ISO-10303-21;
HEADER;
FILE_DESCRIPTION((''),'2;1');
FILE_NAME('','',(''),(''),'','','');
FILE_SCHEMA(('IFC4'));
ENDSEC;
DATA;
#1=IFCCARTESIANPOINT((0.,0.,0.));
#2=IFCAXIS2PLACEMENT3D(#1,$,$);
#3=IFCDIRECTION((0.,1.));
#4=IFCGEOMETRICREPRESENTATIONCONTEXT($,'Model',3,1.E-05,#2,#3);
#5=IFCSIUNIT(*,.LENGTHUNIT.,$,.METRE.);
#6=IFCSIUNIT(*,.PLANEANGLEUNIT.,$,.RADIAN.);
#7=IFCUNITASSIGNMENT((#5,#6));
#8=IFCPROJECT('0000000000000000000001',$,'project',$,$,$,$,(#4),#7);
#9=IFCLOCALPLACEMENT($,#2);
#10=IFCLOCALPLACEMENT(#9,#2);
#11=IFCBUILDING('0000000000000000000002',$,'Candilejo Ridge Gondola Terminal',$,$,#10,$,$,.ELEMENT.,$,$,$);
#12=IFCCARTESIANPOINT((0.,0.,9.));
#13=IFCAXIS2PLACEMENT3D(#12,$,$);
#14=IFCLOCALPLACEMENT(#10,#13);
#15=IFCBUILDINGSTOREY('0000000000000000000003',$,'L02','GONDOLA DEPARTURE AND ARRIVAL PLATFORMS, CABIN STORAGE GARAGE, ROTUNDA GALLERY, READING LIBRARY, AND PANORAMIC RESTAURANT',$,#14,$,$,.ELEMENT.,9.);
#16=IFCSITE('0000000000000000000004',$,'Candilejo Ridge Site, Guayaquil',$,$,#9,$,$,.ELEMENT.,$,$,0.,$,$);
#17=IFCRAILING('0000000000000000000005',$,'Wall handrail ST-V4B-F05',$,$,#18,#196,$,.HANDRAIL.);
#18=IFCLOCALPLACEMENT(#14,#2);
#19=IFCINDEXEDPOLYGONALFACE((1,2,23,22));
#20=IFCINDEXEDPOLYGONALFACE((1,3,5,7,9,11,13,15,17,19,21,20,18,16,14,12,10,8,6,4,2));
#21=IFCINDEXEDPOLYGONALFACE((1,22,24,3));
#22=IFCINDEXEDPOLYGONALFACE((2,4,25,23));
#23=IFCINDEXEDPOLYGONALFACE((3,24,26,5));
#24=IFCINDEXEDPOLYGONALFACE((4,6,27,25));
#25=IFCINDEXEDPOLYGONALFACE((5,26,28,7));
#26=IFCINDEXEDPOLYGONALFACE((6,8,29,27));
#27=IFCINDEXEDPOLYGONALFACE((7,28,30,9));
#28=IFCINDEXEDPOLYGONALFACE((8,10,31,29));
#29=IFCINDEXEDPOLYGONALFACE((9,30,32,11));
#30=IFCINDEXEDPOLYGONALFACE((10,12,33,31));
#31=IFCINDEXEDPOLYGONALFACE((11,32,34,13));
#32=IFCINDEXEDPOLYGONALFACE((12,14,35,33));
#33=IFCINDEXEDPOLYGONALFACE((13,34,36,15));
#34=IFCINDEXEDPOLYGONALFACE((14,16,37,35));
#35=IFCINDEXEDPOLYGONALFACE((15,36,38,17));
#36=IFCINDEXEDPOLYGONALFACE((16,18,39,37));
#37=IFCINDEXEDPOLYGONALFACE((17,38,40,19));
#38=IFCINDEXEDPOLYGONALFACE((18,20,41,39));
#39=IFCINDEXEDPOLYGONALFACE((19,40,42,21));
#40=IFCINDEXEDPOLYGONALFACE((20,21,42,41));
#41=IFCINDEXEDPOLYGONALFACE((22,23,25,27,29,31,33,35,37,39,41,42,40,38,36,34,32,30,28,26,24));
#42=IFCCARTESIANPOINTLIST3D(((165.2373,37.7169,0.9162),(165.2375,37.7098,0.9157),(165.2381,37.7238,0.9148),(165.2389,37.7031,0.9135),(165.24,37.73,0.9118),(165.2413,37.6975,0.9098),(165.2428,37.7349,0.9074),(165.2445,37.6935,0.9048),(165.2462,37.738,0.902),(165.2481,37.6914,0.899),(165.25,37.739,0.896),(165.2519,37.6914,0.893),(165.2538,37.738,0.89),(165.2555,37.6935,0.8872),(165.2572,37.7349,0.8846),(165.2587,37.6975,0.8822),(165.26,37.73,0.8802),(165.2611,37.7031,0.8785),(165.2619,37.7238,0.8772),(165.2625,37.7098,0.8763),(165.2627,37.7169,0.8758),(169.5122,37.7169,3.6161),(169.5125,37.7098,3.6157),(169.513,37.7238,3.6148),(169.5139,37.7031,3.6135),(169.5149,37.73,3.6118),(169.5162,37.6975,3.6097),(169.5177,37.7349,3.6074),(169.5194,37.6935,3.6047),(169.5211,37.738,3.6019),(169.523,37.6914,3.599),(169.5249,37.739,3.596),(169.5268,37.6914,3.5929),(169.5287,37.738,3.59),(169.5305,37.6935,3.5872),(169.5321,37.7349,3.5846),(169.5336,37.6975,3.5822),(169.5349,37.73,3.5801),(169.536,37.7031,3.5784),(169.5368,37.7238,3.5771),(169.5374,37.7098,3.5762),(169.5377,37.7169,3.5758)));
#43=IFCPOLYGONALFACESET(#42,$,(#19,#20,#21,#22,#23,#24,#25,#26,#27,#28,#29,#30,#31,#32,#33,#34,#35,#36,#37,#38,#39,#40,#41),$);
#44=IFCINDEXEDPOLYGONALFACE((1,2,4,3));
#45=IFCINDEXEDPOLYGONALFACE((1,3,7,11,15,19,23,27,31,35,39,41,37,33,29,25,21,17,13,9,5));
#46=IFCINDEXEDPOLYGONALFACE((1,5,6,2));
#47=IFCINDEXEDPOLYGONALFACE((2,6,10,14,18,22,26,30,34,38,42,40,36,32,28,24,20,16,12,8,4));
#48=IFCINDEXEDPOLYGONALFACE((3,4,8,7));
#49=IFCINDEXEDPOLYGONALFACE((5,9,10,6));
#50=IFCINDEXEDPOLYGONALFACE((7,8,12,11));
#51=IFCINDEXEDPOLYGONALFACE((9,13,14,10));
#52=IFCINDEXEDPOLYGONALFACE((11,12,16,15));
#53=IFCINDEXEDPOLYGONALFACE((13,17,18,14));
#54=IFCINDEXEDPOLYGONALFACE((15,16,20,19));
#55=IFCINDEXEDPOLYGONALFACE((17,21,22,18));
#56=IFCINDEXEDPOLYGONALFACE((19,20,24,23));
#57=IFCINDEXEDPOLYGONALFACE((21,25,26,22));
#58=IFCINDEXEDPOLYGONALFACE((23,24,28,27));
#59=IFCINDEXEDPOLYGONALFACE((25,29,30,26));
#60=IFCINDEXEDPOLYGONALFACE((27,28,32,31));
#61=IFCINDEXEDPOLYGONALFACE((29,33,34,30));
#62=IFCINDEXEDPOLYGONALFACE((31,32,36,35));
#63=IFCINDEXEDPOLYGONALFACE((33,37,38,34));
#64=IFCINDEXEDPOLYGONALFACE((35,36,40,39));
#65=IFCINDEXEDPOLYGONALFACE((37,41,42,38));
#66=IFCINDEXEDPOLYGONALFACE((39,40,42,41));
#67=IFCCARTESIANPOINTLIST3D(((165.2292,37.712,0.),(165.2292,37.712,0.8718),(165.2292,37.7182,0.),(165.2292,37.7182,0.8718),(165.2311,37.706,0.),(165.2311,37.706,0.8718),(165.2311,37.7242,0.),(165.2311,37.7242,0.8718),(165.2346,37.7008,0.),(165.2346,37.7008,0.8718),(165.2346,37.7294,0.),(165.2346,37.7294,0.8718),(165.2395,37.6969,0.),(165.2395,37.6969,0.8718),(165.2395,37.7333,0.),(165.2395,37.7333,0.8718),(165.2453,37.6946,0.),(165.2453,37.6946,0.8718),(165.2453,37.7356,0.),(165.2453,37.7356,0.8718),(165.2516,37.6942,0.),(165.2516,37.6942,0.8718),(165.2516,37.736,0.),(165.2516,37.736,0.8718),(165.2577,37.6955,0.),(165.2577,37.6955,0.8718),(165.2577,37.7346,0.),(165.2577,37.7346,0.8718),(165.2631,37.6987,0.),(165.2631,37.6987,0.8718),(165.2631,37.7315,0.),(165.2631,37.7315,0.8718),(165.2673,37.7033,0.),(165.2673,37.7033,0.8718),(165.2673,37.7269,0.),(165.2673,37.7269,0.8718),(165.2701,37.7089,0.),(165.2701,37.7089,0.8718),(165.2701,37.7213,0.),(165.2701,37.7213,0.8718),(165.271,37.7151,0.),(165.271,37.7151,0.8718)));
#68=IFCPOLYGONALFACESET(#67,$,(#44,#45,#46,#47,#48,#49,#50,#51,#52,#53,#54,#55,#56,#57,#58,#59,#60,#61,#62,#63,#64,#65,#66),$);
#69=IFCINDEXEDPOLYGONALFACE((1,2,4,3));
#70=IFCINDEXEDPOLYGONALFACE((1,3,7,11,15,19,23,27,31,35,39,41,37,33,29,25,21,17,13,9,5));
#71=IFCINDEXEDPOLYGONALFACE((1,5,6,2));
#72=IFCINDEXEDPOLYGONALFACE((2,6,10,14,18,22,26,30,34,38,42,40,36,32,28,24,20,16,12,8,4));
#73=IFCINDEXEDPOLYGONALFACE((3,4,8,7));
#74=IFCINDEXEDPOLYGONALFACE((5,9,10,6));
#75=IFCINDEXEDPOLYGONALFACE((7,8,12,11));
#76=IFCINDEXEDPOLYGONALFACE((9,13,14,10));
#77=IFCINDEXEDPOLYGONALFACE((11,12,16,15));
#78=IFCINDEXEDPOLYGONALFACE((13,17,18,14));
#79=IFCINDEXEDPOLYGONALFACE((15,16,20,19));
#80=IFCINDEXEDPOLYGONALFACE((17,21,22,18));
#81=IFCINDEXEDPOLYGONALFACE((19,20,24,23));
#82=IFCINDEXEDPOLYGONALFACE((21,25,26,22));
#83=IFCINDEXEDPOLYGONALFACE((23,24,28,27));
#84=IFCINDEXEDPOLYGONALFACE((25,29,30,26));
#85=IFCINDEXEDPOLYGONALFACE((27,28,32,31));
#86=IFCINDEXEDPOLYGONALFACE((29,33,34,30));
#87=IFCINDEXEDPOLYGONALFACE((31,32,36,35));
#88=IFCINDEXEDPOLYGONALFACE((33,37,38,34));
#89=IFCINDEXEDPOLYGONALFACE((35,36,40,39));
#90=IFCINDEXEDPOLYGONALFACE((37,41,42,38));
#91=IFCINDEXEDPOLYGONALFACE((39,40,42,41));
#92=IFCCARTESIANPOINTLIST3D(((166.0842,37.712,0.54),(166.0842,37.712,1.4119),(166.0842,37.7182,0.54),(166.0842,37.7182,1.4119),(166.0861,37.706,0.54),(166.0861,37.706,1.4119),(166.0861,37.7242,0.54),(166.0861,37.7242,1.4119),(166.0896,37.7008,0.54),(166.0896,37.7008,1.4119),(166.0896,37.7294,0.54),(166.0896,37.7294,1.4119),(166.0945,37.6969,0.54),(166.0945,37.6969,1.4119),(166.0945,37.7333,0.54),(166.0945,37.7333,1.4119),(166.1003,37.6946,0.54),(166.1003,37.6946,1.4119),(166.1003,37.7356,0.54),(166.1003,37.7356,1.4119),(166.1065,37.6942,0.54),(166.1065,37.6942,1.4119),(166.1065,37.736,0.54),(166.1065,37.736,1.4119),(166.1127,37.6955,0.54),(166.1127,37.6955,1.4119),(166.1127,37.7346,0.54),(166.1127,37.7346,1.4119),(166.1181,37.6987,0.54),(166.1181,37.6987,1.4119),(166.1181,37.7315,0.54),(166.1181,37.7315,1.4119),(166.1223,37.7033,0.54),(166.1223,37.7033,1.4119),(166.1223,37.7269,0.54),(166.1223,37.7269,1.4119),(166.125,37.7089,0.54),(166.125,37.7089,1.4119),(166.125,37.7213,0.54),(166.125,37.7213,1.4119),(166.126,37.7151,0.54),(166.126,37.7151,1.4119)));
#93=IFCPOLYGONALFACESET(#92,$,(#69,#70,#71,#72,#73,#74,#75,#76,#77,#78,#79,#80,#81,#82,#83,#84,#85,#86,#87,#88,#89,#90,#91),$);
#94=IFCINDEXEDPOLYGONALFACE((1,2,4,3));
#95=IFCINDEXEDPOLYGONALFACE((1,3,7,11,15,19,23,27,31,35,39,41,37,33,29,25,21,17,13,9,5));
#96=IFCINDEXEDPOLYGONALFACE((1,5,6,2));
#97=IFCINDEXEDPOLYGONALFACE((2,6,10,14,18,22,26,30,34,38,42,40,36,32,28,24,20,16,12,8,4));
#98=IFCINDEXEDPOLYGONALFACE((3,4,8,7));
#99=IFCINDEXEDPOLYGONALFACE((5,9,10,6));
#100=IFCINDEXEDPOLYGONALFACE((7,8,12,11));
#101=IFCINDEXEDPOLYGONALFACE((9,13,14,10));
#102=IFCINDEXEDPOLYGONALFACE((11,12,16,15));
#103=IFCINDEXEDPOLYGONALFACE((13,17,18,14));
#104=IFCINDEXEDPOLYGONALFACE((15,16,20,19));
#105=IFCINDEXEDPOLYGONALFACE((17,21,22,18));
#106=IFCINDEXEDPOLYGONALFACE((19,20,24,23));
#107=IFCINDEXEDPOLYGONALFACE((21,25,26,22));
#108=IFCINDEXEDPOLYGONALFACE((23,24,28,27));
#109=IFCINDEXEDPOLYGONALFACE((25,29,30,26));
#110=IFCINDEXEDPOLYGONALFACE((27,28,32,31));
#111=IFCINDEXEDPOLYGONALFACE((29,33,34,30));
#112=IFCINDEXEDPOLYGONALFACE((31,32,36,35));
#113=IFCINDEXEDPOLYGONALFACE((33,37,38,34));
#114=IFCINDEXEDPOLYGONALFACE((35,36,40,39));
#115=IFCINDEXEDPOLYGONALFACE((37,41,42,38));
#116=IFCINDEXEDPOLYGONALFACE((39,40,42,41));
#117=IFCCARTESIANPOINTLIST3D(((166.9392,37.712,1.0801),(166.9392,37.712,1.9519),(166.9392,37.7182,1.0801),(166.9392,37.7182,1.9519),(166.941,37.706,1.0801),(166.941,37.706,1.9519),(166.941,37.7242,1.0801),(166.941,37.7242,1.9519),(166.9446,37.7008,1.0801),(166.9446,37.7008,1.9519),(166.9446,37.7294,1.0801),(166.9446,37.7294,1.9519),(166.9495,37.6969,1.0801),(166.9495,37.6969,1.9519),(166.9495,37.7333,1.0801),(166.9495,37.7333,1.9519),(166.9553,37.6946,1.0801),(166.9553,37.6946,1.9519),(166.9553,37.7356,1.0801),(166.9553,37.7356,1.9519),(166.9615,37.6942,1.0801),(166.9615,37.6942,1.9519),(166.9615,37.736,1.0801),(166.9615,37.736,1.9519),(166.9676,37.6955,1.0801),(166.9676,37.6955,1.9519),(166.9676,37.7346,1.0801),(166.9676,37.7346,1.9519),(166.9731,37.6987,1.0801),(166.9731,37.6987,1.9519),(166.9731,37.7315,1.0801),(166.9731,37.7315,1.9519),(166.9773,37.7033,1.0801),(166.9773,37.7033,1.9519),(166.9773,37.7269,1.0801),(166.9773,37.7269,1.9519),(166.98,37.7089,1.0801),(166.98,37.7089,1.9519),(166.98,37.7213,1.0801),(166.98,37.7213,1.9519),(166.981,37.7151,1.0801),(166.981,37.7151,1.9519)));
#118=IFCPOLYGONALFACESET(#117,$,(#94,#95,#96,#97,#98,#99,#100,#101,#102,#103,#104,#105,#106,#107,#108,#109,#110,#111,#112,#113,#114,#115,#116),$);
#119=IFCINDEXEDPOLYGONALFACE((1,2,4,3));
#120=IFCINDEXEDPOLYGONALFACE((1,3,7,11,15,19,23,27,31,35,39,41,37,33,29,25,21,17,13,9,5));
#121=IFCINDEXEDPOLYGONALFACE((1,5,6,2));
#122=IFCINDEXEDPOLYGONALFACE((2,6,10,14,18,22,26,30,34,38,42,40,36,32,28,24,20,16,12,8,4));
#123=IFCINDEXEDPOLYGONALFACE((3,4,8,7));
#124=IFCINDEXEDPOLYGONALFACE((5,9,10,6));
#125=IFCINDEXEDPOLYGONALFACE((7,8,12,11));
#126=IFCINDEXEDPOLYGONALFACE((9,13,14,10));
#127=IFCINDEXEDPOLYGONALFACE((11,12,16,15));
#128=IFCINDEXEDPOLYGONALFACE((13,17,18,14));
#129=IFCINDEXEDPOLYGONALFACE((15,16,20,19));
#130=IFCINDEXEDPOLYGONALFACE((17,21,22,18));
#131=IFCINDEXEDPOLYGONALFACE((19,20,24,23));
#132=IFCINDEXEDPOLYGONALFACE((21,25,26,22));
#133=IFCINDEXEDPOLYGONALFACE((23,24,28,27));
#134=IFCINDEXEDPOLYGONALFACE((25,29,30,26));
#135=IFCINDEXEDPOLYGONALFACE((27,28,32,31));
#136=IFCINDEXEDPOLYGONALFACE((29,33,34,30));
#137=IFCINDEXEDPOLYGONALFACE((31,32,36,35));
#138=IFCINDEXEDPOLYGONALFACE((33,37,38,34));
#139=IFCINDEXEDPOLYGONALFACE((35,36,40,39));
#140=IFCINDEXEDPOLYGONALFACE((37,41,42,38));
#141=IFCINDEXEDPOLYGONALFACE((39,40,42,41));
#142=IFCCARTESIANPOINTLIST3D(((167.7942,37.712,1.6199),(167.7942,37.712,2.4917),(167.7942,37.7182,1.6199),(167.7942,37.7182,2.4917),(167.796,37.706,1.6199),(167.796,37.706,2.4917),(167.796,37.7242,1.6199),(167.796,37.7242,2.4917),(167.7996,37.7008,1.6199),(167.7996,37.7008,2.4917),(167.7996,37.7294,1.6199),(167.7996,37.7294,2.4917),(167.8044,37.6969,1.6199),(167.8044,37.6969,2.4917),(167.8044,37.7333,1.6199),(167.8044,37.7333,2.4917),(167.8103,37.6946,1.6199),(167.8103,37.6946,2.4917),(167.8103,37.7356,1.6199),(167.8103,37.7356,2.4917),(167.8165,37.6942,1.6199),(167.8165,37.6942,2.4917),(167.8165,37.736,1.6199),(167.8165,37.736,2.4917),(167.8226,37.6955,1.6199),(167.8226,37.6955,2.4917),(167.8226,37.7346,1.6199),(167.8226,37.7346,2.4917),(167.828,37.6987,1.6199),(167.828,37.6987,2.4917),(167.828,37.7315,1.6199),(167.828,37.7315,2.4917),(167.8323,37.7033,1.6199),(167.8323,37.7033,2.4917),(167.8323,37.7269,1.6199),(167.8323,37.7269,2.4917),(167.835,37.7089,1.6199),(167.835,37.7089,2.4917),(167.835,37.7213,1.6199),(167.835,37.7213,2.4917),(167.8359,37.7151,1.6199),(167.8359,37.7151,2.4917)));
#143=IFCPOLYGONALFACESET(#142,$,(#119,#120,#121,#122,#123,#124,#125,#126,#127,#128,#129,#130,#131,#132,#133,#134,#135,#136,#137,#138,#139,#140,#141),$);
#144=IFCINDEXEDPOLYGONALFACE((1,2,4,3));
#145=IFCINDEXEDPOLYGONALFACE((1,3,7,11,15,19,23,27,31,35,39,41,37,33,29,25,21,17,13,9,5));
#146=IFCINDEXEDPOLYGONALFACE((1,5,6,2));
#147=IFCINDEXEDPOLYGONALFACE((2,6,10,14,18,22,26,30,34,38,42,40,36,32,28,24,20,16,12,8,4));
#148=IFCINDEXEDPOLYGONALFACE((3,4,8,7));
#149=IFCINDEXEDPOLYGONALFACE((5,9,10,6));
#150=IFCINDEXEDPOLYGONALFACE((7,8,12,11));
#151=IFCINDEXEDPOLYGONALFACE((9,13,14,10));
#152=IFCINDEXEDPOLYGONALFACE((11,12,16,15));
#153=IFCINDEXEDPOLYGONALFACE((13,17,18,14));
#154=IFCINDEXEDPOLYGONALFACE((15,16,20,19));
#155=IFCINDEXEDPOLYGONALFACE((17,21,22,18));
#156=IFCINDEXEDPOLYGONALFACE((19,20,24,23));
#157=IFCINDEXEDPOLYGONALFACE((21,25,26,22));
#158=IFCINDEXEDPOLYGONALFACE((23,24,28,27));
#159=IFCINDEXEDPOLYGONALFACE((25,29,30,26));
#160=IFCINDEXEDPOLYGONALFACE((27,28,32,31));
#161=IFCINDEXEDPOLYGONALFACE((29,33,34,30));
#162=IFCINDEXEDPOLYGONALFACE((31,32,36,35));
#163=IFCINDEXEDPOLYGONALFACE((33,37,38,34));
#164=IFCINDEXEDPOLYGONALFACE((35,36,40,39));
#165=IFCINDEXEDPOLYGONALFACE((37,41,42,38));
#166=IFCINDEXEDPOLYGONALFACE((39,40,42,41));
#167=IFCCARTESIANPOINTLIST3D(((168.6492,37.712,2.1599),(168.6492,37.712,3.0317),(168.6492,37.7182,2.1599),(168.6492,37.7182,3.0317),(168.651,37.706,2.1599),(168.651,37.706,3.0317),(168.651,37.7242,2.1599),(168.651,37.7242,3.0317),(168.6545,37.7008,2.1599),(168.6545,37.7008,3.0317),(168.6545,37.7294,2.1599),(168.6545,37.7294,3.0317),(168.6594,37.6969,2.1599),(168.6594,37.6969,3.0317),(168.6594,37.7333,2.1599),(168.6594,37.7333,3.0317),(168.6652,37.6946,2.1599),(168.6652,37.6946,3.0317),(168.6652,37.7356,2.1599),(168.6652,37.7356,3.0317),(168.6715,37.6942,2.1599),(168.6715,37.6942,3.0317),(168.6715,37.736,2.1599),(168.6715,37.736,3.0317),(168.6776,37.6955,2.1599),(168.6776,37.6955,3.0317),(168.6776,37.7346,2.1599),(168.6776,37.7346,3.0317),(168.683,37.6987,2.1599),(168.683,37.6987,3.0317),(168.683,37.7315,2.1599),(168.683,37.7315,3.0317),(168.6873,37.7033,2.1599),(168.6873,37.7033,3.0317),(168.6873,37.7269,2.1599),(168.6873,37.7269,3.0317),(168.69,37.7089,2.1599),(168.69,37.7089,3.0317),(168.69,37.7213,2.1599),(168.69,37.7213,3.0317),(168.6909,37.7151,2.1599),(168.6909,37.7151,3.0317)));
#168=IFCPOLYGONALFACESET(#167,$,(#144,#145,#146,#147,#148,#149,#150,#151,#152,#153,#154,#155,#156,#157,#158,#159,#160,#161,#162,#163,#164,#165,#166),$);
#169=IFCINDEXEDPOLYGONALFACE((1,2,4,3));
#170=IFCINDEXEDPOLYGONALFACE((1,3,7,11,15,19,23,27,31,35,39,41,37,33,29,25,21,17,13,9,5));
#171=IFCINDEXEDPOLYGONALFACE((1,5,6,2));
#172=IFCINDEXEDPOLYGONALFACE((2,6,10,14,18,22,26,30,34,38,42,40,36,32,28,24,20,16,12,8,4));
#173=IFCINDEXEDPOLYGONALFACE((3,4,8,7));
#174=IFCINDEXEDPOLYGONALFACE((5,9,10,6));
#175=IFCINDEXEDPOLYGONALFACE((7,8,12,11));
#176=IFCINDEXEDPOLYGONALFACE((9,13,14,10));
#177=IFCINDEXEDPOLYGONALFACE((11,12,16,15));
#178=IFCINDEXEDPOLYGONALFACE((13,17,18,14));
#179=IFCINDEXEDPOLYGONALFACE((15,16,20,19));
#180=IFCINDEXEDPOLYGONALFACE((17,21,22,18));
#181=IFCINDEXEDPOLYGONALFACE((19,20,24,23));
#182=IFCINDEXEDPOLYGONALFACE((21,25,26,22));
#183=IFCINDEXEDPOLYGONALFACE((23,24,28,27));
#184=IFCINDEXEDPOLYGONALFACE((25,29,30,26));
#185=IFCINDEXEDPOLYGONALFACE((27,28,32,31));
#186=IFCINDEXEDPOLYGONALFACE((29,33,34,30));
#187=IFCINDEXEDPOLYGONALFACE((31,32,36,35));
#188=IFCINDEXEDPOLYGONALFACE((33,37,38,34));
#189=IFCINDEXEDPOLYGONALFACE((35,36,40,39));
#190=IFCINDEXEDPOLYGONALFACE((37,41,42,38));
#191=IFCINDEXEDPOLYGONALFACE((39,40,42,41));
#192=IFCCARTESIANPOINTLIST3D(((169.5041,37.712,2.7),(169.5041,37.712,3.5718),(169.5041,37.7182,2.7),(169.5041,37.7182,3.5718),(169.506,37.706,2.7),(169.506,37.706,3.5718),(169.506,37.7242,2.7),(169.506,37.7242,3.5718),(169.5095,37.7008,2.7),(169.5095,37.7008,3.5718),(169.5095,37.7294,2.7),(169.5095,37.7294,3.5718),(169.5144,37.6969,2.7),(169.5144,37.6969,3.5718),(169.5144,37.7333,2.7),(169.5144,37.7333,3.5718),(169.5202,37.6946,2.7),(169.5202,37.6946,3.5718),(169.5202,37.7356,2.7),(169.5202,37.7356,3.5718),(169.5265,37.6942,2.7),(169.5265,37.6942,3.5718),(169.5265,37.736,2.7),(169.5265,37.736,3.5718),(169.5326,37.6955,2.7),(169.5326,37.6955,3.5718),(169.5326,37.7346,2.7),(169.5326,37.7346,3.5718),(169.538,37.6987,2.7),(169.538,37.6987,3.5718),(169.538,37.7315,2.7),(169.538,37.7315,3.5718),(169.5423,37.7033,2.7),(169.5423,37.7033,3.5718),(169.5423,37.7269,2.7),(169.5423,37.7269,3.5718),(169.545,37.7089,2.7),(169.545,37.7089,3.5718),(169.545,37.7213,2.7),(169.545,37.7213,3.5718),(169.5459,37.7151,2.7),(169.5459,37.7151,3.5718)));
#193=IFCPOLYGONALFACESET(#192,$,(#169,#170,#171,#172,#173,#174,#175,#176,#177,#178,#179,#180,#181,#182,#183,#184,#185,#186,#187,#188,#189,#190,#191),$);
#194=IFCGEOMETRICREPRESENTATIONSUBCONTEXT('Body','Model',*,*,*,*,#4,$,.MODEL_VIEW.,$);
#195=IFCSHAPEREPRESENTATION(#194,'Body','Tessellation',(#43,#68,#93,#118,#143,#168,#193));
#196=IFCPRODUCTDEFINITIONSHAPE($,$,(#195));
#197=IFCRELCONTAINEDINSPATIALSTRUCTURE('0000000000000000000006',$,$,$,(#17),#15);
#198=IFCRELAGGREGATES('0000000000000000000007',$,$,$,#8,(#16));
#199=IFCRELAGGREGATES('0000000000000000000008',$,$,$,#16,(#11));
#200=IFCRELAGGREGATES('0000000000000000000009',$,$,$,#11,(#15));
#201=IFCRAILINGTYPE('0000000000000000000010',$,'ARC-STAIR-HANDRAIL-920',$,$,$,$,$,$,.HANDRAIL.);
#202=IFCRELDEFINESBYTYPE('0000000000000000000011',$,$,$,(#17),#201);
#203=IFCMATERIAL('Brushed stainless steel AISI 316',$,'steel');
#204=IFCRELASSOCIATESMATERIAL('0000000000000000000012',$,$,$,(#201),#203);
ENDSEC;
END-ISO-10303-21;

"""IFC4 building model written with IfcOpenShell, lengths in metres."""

from ifc_helpers import new_model, si_unit, direction, frame, origin, origin_2d, place, context, subcontext, project, spatial, circle, extrude, material, type_object, element, save


model = new_model("IFC4")

# Units and contexts
model_context = context("Model", 3, precision=1e-05, world=origin(), true_north=direction((0.0, 1.0)))
body_context = subcontext(model_context, "Body", "Model", "MODEL_VIEW")
ifc_project = project(units=[si_unit("LENGTHUNIT", "METRE"), si_unit("PLANEANGLEUNIT", "RADIAN")], contexts=[model_context])

# Site, building, storey
site_placement = place(None, origin())
site = spatial("IfcSite", under=ifc_project, at=site_placement, Name="Candilejo Ridge Site, Guayaquil", CompositionType="ELEMENT", RefElevation=0.0)
building_placement = place(site_placement, origin())
building = spatial("IfcBuilding", under=site, at=building_placement, Name="Candilejo Ridge Gondola Terminal", CompositionType="ELEMENT")
storey_placement = place(building_placement, frame((0.0, 0.0, 9.0)))
storey = spatial("IfcBuildingStorey", under=building, at=storey_placement, Name="L02", Description="GONDOLA DEPARTURE AND ARRIVAL PLATFORMS, CABIN STORAGE GARAGE, ROTUNDA GALLERY, READING LIBRARY, AND PANORAMIC RESTAURANT", CompositionType="ELEMENT", Elevation=9.0)

# Railing
ifc_material_1 = material(Name="Brushed stainless steel AISI 316", Category="steel")
railing_type_1 = type_object("IfcRailingType", Name="ARC-STAIR-HANDRAIL-920", PredefinedType="HANDRAIL", material=ifc_material_1)
railing_1_placement = place(storey_placement, frame((165.25, 37.7151, 0.0)))
element("IfcRailing", 1, at=railing_1_placement, inside=storey, type_object=railing_type_1, Name="Wall handrail ST-V4B-F05", PredefinedType="HANDRAIL", context=body_context, shape_type="SweptSolid", body=[
    extrude(circle(Radius=0.0239, at=origin_2d()), frame((0.0, 0.0, 0.896), z_axis=(0.845488, 0.0, 0.533995), x_axis=(0.0, 1.0, 0.0)), (0.0, 0.0, 1.0), 5.0562),
    extrude(circle(Radius=0.021, at=origin_2d()), origin(), (0.0, 0.0, 1.0), 0.8718),
    extrude(circle(Radius=0.021, at=origin_2d()), frame((0.855, 0.0, 0.54)), (0.0, 0.0, 1.0), 0.8718),
    extrude(circle(Radius=0.021, at=origin_2d()), frame((1.71, 0.0, 1.0801)), (0.0, 0.0, 1.0), 0.8718),
    extrude(circle(Radius=0.021, at=origin_2d()), frame((2.5649, 0.0, 1.6199)), (0.0, 0.0, 1.0), 0.8718),
    extrude(circle(Radius=0.021, at=origin_2d()), frame((3.4199, 0.0, 2.1599)), (0.0, 0.0, 1.0), 0.8718),
    extrude(circle(Radius=0.021, at=origin_2d()), frame((4.2749, 0.0, 2.7)), (0.0, 0.0, 1.0), 0.8718),
])

save(model, "model.ifc")
